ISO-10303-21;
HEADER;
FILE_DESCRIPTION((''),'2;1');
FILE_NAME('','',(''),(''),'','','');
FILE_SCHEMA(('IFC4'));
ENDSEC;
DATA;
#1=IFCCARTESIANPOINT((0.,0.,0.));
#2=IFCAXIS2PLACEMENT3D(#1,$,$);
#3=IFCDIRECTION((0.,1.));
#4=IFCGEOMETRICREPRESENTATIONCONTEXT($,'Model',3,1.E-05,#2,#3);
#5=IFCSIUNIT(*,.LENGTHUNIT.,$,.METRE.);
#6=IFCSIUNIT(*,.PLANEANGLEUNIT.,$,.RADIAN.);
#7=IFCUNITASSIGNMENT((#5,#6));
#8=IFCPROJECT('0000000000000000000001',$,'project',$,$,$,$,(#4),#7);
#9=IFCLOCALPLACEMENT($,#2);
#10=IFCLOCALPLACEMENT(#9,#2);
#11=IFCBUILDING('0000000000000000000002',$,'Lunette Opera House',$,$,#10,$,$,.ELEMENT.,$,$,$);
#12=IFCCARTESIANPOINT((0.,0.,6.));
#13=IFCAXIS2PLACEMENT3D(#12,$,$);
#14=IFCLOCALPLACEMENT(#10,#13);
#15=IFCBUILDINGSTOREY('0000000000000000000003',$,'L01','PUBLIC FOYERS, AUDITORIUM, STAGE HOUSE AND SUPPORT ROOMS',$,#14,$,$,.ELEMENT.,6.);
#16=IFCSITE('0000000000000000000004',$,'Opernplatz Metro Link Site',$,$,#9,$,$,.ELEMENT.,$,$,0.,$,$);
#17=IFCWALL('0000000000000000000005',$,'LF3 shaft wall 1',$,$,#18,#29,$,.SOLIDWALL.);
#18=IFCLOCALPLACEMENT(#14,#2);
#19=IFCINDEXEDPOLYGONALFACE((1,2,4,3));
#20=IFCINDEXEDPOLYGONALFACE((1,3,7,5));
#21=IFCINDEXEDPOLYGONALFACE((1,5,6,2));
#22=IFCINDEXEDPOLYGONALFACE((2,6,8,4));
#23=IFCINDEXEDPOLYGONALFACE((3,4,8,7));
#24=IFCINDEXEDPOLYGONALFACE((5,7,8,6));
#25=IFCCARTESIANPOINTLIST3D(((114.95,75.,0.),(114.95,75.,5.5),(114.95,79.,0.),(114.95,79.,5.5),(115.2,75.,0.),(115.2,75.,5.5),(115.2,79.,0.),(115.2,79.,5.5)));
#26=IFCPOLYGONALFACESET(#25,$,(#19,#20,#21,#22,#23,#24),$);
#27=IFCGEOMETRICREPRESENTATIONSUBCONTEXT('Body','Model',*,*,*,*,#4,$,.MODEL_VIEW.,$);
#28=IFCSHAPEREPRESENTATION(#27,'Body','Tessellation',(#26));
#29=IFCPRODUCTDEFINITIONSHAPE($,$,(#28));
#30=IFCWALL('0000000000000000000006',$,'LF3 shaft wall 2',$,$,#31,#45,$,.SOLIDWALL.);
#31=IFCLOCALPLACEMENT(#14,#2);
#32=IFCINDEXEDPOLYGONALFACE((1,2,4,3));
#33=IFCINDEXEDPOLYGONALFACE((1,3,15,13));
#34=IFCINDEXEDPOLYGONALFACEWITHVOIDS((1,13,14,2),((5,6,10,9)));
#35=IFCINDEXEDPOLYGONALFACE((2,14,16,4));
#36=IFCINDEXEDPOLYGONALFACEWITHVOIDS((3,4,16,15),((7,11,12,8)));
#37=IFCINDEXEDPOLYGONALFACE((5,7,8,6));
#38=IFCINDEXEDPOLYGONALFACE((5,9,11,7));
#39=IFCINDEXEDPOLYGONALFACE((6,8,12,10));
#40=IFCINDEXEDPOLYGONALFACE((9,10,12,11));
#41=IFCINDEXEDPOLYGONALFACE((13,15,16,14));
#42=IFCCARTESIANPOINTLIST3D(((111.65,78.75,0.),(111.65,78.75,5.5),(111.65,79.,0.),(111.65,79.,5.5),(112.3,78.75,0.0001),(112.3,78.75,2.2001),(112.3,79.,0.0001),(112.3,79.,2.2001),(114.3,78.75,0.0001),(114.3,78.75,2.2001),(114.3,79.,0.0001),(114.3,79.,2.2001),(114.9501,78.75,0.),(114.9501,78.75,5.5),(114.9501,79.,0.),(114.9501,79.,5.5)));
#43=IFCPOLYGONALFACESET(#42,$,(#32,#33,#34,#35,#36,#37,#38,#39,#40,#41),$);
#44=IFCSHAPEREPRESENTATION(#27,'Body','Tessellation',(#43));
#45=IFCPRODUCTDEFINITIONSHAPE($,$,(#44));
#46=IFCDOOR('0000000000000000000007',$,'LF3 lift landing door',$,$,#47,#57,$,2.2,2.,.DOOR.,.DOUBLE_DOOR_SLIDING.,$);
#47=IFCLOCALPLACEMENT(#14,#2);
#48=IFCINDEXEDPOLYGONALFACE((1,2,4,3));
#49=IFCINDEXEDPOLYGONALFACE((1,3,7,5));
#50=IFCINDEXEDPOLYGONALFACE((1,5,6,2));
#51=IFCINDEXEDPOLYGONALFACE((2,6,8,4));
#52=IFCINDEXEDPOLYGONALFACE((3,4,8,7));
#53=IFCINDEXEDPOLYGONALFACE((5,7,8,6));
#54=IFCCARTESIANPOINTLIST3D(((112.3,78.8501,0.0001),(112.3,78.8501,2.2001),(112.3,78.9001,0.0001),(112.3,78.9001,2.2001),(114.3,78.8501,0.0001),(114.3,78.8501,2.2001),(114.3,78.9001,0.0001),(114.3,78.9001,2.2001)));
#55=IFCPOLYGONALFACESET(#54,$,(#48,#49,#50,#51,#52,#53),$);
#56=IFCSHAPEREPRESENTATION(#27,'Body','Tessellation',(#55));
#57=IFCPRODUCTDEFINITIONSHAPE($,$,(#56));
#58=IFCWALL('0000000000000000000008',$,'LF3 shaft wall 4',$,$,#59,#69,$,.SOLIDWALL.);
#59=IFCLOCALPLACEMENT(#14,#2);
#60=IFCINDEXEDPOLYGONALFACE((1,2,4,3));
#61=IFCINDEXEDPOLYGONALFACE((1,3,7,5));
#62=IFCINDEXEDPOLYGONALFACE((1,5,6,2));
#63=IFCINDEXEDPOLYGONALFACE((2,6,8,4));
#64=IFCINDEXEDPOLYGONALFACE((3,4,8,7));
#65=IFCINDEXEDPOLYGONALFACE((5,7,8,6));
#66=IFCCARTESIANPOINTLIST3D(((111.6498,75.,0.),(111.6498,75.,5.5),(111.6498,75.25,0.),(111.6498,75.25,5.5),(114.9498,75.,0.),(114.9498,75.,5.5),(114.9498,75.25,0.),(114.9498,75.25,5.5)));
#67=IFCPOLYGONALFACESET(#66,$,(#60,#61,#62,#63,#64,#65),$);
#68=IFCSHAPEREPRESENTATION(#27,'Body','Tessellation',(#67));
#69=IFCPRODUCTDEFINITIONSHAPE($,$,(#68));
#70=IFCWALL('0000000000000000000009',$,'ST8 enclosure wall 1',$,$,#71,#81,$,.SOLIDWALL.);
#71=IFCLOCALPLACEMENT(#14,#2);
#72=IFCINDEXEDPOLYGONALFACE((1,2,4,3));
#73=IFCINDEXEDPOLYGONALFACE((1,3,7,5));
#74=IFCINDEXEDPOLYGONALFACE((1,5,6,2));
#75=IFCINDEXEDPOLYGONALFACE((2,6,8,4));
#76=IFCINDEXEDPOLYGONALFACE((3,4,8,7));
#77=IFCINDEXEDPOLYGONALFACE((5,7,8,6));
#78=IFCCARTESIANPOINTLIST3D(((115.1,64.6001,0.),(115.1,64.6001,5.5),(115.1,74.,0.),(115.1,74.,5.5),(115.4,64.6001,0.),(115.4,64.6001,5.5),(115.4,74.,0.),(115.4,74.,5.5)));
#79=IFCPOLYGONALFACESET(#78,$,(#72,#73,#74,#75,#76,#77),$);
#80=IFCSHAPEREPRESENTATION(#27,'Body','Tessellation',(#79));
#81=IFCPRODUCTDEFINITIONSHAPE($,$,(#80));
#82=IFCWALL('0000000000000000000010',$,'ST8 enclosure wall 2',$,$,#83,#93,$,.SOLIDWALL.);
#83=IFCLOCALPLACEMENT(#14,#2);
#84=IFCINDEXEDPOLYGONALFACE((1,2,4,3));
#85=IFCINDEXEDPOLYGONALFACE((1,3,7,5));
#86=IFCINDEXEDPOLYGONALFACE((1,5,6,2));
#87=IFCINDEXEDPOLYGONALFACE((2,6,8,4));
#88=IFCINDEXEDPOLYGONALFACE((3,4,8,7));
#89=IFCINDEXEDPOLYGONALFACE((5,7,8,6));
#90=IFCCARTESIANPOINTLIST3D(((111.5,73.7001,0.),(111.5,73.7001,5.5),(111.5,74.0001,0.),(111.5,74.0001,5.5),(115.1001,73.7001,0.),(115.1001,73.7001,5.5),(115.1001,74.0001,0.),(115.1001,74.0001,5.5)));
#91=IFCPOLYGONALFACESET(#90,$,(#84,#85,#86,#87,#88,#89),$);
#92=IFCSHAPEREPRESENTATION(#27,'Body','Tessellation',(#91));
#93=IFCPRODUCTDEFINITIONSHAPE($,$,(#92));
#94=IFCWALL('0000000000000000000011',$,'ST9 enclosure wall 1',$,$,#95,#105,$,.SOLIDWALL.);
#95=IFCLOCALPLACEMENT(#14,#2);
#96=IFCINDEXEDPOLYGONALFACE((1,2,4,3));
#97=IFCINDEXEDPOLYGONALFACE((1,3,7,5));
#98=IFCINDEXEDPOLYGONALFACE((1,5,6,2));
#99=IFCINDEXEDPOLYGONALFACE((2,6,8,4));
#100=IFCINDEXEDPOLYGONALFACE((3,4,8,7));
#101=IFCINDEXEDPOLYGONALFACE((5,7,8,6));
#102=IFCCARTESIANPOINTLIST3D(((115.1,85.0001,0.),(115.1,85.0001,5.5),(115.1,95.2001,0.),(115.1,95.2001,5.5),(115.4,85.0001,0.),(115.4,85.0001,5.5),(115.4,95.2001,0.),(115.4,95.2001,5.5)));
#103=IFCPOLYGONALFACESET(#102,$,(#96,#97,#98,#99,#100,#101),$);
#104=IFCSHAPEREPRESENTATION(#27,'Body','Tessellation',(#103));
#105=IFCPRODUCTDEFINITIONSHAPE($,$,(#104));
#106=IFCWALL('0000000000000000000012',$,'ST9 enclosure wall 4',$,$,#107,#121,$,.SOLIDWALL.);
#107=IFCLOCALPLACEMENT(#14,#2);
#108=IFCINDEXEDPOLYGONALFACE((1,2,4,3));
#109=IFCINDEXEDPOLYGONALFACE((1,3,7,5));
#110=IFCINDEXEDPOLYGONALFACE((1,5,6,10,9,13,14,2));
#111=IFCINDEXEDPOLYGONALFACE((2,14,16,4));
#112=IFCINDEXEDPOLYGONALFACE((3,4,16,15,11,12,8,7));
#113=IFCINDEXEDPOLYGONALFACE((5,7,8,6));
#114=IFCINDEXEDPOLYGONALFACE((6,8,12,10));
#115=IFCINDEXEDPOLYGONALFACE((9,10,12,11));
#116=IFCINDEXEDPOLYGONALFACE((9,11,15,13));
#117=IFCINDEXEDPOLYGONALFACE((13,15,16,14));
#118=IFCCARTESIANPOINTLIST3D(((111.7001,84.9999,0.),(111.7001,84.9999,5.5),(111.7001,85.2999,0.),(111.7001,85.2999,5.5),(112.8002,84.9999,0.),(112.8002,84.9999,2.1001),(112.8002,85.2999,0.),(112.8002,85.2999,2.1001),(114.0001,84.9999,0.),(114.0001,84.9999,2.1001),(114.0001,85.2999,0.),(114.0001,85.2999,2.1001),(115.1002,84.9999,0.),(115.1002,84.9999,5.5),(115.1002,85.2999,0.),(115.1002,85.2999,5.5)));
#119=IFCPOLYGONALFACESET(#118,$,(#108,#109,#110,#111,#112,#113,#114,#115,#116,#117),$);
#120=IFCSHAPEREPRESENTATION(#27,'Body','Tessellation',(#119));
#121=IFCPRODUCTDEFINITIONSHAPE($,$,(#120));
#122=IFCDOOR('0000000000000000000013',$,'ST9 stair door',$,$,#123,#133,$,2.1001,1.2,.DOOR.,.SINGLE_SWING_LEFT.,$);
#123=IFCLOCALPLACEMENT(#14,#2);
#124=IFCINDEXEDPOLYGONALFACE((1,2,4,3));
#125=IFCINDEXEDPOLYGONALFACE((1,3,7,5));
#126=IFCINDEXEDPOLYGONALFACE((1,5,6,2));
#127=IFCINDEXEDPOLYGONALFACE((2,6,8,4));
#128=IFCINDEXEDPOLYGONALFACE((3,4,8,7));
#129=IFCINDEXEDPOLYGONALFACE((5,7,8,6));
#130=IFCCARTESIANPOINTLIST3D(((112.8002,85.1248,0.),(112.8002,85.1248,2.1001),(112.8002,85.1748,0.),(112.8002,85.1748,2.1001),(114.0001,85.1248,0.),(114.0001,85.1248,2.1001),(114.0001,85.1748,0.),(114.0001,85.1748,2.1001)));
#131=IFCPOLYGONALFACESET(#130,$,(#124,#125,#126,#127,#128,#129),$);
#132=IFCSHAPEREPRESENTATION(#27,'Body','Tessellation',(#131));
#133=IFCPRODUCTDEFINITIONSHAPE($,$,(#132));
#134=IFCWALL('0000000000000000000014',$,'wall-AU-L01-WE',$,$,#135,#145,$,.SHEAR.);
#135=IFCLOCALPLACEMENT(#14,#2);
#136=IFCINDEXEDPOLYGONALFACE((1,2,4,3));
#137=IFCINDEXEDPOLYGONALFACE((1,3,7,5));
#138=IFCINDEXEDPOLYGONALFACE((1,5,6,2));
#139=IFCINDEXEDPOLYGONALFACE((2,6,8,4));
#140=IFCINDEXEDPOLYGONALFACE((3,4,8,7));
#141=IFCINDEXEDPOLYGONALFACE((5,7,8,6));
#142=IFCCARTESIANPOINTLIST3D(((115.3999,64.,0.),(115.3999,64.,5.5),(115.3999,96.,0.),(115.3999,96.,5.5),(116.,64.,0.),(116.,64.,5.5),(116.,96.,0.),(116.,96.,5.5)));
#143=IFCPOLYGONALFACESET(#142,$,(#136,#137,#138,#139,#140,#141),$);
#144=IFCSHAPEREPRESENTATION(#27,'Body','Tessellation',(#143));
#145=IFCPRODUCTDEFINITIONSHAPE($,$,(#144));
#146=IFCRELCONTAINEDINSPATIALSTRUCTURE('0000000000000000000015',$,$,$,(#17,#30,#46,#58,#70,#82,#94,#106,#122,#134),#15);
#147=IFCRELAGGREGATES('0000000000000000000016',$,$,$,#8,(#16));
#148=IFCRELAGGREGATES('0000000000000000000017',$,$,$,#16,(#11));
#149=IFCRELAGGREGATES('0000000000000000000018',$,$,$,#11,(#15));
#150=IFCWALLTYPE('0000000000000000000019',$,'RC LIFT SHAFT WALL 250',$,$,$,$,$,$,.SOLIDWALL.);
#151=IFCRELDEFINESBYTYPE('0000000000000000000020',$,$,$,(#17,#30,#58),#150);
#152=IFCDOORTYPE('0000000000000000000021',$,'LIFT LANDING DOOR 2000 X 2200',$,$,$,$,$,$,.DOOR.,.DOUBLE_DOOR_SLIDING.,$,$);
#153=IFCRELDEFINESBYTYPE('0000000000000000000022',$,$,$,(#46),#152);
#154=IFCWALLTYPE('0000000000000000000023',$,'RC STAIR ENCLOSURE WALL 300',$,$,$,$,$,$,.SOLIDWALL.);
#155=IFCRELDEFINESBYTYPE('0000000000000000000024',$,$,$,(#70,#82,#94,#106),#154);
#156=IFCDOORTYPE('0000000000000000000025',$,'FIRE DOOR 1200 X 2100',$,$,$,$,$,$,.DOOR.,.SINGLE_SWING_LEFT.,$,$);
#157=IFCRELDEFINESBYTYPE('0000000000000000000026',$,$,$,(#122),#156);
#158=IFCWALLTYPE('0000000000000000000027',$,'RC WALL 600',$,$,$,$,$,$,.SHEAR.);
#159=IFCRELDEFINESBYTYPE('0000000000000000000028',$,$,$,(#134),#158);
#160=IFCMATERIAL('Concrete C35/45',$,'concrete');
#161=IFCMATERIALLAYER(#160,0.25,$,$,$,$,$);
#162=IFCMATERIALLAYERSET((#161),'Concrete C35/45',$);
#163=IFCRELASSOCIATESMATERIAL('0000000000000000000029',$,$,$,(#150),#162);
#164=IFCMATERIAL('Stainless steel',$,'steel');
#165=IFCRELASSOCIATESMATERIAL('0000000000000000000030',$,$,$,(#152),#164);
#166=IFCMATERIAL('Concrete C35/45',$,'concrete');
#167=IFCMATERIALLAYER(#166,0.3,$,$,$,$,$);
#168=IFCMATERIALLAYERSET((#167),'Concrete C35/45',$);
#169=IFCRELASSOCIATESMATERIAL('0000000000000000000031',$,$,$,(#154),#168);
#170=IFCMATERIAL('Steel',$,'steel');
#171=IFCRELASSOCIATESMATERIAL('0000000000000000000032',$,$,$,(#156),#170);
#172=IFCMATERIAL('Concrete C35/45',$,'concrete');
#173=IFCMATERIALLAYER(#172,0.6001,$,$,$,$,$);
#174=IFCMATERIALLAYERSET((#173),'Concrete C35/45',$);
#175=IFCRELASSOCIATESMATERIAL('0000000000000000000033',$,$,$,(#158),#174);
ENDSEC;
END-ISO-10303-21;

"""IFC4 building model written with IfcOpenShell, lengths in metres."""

from ifc_helpers import new_model, si_unit, direction, frame, frame_2d, origin, place, context, subcontext, project, spatial, rectangle, extrude, material, layer, layer_set, type_object, element, fill, save


model = new_model("IFC4")

# Units and contexts
model_context = context("Model", 3, precision=1e-05, world=origin(), true_north=direction((0.0, 1.0)))
body_context = subcontext(model_context, "Body", "Model", "MODEL_VIEW")
ifc_project = project(units=[si_unit("LENGTHUNIT", "METRE"), si_unit("PLANEANGLEUNIT", "RADIAN")], contexts=[model_context])

# Site, building, storey
site_placement = place(None, origin())
site = spatial("IfcSite", under=ifc_project, at=site_placement, Name="Opernplatz Metro Link Site", CompositionType="ELEMENT", RefElevation=0.0)
building_placement = place(site_placement, origin())
building = spatial("IfcBuilding", under=site, at=building_placement, Name="Lunette Opera House", CompositionType="ELEMENT")
storey_placement = place(building_placement, frame((0.0, 0.0, 6.0)))
storey = spatial("IfcBuildingStorey", under=building, at=storey_placement, Name="L01", Description="PUBLIC FOYERS, AUDITORIUM, STAGE HOUSE AND SUPPORT ROOMS", CompositionType="ELEMENT", Elevation=6.0)

# Wall
ifc_material_1 = material(Name="Concrete C35/45", Category="concrete")
ifc_layer_1 = layer(ifc_material_1, 0.25)
ifc_layer_set_1 = layer_set([ifc_layer_1], Name="Concrete C35/45")
wall_type_1 = type_object("IfcWallType", Name="RC LIFT SHAFT WALL 250", PredefinedType="SOLIDWALL", material=ifc_layer_set_1)
wall_1_placement = place(storey_placement, frame((115.075, 75.0, 0.0), z_axis=(0.0, 0.0, 1.0), x_axis=(0.0, 1.0, 0.0)))
element("IfcWall", 1, at=wall_1_placement, inside=storey, type_object=wall_type_1, Name="LF3 shaft wall 1", PredefinedType="SOLIDWALL", context=body_context, shape_type="SweptSolid", body=[
    extrude(rectangle(XDim=4.0, YDim=0.25, at=frame_2d((2.0, 0.0))), origin(), (0.0, 0.0, 1.0), 5.5),
])

# Wall, opening, door
wall_2_placement = place(storey_placement, frame((114.95, 78.875, 0.0), z_axis=(0.0, 0.0, 1.0), x_axis=(-1.0, 0.0, 0.0)))
wall_2 = element("IfcWall", 2, at=wall_2_placement, inside=storey, type_object=wall_type_1, Name="LF3 shaft wall 2", PredefinedType="SOLIDWALL", context=body_context, shape_type="SweptSolid", body=[
    extrude(rectangle(XDim=3.3, YDim=0.25, at=frame_2d((1.6499, 0.0))), origin(), (0.0, 0.0, 1.0), 5.5),
])
opening_1_placement = place(wall_2_placement, frame((0.6499, 0.0, 0.0)))
opening_1 = element("IfcOpeningElement", 3, at=opening_1_placement, cuts=wall_2, PredefinedType="OPENING", context=body_context, shape_type="SweptSolid", body=[
    extrude(rectangle(XDim=2.0, YDim=2.2, at=frame_2d((1.0, 1.1001))), frame((0.0, 0.137, 0.0), z_axis=(0.0, -1.0, 0.0), x_axis=(1.0, 0.0, 0.0)), (0.0, 0.0, 1.0), 0.2739),
])
ifc_material_2 = material(Name="Stainless steel", Category="steel")
door_type_1 = type_object("IfcDoorType", Name="LIFT LANDING DOOR 2000 X 2200", OperationType="DOUBLE_DOOR_SLIDING", PredefinedType="DOOR", material=ifc_material_2)
door_1_placement = place(opening_1_placement, origin())
door_1 = element("IfcDoor", 4, at=door_1_placement, inside=storey, type_object=door_type_1, Name="LF3 lift landing door", OperationType="DOUBLE_DOOR_SLIDING", OverallHeight=2.2, OverallWidth=2.0, PredefinedType="DOOR", context=body_context, shape_type="SweptSolid", body=[
    extrude(rectangle(XDim=2.0, YDim=2.2, at=frame_2d((1.0, 1.1001))), frame((0.0, 0.0249, 0.0), z_axis=(0.0, -1.0, 0.0), x_axis=(1.0, 0.0, 0.0)), (0.0, 0.0, 1.0), 0.05),
])
fill(opening_1, door_1)

# Walls
wall_3_placement = place(storey_placement, frame((111.6499, 75.125, 0.0), z_axis=(0.0, 0.0, 1.0), x_axis=(1.0, 0.0, 0.0)))
element("IfcWall", 5, at=wall_3_placement, inside=storey, type_object=wall_type_1, Name="LF3 shaft wall 4", PredefinedType="SOLIDWALL", context=body_context, shape_type="SweptSolid", body=[
    extrude(rectangle(XDim=3.3, YDim=0.25, at=frame_2d((1.6499, 0.0))), origin(), (0.0, 0.0, 1.0), 5.5),
])
ifc_material_3 = material(Name="Concrete C35/45", Category="concrete")
ifc_layer_2 = layer(ifc_material_3, 0.3)
ifc_layer_set_2 = layer_set([ifc_layer_2], Name="Concrete C35/45")
wall_type_2 = type_object("IfcWallType", Name="RC STAIR ENCLOSURE WALL 300", PredefinedType="SOLIDWALL", material=ifc_layer_set_2)
wall_4_placement = place(storey_placement, frame((115.25, 64.6001, 0.0), z_axis=(0.0, 0.0, 1.0), x_axis=(0.0, 1.0, 0.0)))
element("IfcWall", 6, at=wall_4_placement, inside=storey, type_object=wall_type_2, Name="ST8 enclosure wall 1", PredefinedType="SOLIDWALL", context=body_context, shape_type="SweptSolid", body=[
    extrude(rectangle(XDim=9.3999, YDim=0.3, at=frame_2d((4.7, 0.0))), origin(), (0.0, 0.0, 1.0), 5.5),
])
wall_5_placement = place(storey_placement, frame((115.1001, 73.8501, 0.0), z_axis=(0.0, 0.0, 1.0), x_axis=(-1.0, 0.0, 0.0)))
element("IfcWall", 7, at=wall_5_placement, inside=storey, type_object=wall_type_2, Name="ST8 enclosure wall 2", PredefinedType="SOLIDWALL", context=body_context, shape_type="SweptSolid", body=[
    extrude(rectangle(XDim=3.6001, YDim=0.3, at=frame_2d((1.8, 0.0))), origin(), (0.0, 0.0, 1.0), 5.5),
])
wall_6_placement = place(storey_placement, frame((115.25, 85.0, 0.0), z_axis=(0.0, 0.0, 1.0), x_axis=(0.0, 1.0, 0.0)))
element("IfcWall", 8, at=wall_6_placement, inside=storey, type_object=wall_type_2, Name="ST9 enclosure wall 1", PredefinedType="SOLIDWALL", context=body_context, shape_type="SweptSolid", body=[
    extrude(rectangle(XDim=10.2, YDim=0.3, at=frame_2d((5.1001, 0.0))), origin(), (0.0, 0.0, 1.0), 5.5),
])

# Wall, opening, door
wall_7_placement = place(storey_placement, frame((111.7, 85.1499, 0.0), z_axis=(0.0, 0.0, 1.0), x_axis=(1.0, 0.0, 0.0)))
wall_7 = element("IfcWall", 9, at=wall_7_placement, inside=storey, type_object=wall_type_2, Name="ST9 enclosure wall 4", PredefinedType="SOLIDWALL", context=body_context, shape_type="SweptSolid", body=[
    extrude(rectangle(XDim=3.4001, YDim=0.3, at=frame_2d((1.7002, 0.0))), origin(), (0.0, 0.0, 1.0), 5.5),
])
opening_2_placement = place(wall_7_placement, frame((1.1001, 0.0, 0.0)))
opening_2 = element("IfcOpeningElement", 10, at=opening_2_placement, cuts=wall_7, PredefinedType="OPENING", context=body_context, shape_type="SweptSolid", body=[
    extrude(rectangle(XDim=1.2, YDim=2.1001, at=frame_2d((0.6001, 1.05))), frame((0.0, 0.1621, 0.0), z_axis=(0.0, -1.0, 0.0), x_axis=(1.0, 0.0, 0.0)), (0.0, 0.0, 1.0), 0.324),
])
ifc_material_4 = material(Name="Steel", Category="steel")
door_type_2 = type_object("IfcDoorType", Name="FIRE DOOR 1200 X 2100", OperationType="SINGLE_SWING_LEFT", PredefinedType="DOOR", material=ifc_material_4)
door_2_placement = place(opening_2_placement, origin())
door_2 = element("IfcDoor", 11, at=door_2_placement, inside=storey, type_object=door_type_2, Name="ST9 stair door", OperationType="SINGLE_SWING_LEFT", OverallHeight=2.1001, OverallWidth=1.2, PredefinedType="DOOR", context=body_context, shape_type="SweptSolid", body=[
    extrude(rectangle(XDim=1.2, YDim=2.1001, at=frame_2d((0.6001, 1.05))), frame((0.0, 0.0249, 0.0), z_axis=(0.0, -1.0, 0.0), x_axis=(1.0, 0.0, 0.0)), (0.0, 0.0, 1.0), 0.05),
])
fill(opening_2, door_2)

# Wall
ifc_material_5 = material(Name="Concrete C35/45", Category="concrete")
ifc_layer_3 = layer(ifc_material_5, 0.6001)
ifc_layer_set_3 = layer_set([ifc_layer_3], Name="Concrete C35/45")
wall_type_3 = type_object("IfcWallType", Name="RC WALL 600", PredefinedType="SHEAR", material=ifc_layer_set_3)
wall_8_placement = place(storey_placement, frame((115.7, 64.0, 0.0), z_axis=(0.0, 0.0, 1.0), x_axis=(0.0, 1.0, 0.0)))
element("IfcWall", 12, at=wall_8_placement, inside=storey, type_object=wall_type_3, Name="wall-AU-L01-WE", PredefinedType="SHEAR", context=body_context, shape_type="SweptSolid", body=[
    extrude(rectangle(XDim=32.0, YDim=0.6001, at=frame_2d((16.0, 0.0))), origin(), (0.0, 0.0, 1.0), 5.5),
])

save(model, "model.ifc")
